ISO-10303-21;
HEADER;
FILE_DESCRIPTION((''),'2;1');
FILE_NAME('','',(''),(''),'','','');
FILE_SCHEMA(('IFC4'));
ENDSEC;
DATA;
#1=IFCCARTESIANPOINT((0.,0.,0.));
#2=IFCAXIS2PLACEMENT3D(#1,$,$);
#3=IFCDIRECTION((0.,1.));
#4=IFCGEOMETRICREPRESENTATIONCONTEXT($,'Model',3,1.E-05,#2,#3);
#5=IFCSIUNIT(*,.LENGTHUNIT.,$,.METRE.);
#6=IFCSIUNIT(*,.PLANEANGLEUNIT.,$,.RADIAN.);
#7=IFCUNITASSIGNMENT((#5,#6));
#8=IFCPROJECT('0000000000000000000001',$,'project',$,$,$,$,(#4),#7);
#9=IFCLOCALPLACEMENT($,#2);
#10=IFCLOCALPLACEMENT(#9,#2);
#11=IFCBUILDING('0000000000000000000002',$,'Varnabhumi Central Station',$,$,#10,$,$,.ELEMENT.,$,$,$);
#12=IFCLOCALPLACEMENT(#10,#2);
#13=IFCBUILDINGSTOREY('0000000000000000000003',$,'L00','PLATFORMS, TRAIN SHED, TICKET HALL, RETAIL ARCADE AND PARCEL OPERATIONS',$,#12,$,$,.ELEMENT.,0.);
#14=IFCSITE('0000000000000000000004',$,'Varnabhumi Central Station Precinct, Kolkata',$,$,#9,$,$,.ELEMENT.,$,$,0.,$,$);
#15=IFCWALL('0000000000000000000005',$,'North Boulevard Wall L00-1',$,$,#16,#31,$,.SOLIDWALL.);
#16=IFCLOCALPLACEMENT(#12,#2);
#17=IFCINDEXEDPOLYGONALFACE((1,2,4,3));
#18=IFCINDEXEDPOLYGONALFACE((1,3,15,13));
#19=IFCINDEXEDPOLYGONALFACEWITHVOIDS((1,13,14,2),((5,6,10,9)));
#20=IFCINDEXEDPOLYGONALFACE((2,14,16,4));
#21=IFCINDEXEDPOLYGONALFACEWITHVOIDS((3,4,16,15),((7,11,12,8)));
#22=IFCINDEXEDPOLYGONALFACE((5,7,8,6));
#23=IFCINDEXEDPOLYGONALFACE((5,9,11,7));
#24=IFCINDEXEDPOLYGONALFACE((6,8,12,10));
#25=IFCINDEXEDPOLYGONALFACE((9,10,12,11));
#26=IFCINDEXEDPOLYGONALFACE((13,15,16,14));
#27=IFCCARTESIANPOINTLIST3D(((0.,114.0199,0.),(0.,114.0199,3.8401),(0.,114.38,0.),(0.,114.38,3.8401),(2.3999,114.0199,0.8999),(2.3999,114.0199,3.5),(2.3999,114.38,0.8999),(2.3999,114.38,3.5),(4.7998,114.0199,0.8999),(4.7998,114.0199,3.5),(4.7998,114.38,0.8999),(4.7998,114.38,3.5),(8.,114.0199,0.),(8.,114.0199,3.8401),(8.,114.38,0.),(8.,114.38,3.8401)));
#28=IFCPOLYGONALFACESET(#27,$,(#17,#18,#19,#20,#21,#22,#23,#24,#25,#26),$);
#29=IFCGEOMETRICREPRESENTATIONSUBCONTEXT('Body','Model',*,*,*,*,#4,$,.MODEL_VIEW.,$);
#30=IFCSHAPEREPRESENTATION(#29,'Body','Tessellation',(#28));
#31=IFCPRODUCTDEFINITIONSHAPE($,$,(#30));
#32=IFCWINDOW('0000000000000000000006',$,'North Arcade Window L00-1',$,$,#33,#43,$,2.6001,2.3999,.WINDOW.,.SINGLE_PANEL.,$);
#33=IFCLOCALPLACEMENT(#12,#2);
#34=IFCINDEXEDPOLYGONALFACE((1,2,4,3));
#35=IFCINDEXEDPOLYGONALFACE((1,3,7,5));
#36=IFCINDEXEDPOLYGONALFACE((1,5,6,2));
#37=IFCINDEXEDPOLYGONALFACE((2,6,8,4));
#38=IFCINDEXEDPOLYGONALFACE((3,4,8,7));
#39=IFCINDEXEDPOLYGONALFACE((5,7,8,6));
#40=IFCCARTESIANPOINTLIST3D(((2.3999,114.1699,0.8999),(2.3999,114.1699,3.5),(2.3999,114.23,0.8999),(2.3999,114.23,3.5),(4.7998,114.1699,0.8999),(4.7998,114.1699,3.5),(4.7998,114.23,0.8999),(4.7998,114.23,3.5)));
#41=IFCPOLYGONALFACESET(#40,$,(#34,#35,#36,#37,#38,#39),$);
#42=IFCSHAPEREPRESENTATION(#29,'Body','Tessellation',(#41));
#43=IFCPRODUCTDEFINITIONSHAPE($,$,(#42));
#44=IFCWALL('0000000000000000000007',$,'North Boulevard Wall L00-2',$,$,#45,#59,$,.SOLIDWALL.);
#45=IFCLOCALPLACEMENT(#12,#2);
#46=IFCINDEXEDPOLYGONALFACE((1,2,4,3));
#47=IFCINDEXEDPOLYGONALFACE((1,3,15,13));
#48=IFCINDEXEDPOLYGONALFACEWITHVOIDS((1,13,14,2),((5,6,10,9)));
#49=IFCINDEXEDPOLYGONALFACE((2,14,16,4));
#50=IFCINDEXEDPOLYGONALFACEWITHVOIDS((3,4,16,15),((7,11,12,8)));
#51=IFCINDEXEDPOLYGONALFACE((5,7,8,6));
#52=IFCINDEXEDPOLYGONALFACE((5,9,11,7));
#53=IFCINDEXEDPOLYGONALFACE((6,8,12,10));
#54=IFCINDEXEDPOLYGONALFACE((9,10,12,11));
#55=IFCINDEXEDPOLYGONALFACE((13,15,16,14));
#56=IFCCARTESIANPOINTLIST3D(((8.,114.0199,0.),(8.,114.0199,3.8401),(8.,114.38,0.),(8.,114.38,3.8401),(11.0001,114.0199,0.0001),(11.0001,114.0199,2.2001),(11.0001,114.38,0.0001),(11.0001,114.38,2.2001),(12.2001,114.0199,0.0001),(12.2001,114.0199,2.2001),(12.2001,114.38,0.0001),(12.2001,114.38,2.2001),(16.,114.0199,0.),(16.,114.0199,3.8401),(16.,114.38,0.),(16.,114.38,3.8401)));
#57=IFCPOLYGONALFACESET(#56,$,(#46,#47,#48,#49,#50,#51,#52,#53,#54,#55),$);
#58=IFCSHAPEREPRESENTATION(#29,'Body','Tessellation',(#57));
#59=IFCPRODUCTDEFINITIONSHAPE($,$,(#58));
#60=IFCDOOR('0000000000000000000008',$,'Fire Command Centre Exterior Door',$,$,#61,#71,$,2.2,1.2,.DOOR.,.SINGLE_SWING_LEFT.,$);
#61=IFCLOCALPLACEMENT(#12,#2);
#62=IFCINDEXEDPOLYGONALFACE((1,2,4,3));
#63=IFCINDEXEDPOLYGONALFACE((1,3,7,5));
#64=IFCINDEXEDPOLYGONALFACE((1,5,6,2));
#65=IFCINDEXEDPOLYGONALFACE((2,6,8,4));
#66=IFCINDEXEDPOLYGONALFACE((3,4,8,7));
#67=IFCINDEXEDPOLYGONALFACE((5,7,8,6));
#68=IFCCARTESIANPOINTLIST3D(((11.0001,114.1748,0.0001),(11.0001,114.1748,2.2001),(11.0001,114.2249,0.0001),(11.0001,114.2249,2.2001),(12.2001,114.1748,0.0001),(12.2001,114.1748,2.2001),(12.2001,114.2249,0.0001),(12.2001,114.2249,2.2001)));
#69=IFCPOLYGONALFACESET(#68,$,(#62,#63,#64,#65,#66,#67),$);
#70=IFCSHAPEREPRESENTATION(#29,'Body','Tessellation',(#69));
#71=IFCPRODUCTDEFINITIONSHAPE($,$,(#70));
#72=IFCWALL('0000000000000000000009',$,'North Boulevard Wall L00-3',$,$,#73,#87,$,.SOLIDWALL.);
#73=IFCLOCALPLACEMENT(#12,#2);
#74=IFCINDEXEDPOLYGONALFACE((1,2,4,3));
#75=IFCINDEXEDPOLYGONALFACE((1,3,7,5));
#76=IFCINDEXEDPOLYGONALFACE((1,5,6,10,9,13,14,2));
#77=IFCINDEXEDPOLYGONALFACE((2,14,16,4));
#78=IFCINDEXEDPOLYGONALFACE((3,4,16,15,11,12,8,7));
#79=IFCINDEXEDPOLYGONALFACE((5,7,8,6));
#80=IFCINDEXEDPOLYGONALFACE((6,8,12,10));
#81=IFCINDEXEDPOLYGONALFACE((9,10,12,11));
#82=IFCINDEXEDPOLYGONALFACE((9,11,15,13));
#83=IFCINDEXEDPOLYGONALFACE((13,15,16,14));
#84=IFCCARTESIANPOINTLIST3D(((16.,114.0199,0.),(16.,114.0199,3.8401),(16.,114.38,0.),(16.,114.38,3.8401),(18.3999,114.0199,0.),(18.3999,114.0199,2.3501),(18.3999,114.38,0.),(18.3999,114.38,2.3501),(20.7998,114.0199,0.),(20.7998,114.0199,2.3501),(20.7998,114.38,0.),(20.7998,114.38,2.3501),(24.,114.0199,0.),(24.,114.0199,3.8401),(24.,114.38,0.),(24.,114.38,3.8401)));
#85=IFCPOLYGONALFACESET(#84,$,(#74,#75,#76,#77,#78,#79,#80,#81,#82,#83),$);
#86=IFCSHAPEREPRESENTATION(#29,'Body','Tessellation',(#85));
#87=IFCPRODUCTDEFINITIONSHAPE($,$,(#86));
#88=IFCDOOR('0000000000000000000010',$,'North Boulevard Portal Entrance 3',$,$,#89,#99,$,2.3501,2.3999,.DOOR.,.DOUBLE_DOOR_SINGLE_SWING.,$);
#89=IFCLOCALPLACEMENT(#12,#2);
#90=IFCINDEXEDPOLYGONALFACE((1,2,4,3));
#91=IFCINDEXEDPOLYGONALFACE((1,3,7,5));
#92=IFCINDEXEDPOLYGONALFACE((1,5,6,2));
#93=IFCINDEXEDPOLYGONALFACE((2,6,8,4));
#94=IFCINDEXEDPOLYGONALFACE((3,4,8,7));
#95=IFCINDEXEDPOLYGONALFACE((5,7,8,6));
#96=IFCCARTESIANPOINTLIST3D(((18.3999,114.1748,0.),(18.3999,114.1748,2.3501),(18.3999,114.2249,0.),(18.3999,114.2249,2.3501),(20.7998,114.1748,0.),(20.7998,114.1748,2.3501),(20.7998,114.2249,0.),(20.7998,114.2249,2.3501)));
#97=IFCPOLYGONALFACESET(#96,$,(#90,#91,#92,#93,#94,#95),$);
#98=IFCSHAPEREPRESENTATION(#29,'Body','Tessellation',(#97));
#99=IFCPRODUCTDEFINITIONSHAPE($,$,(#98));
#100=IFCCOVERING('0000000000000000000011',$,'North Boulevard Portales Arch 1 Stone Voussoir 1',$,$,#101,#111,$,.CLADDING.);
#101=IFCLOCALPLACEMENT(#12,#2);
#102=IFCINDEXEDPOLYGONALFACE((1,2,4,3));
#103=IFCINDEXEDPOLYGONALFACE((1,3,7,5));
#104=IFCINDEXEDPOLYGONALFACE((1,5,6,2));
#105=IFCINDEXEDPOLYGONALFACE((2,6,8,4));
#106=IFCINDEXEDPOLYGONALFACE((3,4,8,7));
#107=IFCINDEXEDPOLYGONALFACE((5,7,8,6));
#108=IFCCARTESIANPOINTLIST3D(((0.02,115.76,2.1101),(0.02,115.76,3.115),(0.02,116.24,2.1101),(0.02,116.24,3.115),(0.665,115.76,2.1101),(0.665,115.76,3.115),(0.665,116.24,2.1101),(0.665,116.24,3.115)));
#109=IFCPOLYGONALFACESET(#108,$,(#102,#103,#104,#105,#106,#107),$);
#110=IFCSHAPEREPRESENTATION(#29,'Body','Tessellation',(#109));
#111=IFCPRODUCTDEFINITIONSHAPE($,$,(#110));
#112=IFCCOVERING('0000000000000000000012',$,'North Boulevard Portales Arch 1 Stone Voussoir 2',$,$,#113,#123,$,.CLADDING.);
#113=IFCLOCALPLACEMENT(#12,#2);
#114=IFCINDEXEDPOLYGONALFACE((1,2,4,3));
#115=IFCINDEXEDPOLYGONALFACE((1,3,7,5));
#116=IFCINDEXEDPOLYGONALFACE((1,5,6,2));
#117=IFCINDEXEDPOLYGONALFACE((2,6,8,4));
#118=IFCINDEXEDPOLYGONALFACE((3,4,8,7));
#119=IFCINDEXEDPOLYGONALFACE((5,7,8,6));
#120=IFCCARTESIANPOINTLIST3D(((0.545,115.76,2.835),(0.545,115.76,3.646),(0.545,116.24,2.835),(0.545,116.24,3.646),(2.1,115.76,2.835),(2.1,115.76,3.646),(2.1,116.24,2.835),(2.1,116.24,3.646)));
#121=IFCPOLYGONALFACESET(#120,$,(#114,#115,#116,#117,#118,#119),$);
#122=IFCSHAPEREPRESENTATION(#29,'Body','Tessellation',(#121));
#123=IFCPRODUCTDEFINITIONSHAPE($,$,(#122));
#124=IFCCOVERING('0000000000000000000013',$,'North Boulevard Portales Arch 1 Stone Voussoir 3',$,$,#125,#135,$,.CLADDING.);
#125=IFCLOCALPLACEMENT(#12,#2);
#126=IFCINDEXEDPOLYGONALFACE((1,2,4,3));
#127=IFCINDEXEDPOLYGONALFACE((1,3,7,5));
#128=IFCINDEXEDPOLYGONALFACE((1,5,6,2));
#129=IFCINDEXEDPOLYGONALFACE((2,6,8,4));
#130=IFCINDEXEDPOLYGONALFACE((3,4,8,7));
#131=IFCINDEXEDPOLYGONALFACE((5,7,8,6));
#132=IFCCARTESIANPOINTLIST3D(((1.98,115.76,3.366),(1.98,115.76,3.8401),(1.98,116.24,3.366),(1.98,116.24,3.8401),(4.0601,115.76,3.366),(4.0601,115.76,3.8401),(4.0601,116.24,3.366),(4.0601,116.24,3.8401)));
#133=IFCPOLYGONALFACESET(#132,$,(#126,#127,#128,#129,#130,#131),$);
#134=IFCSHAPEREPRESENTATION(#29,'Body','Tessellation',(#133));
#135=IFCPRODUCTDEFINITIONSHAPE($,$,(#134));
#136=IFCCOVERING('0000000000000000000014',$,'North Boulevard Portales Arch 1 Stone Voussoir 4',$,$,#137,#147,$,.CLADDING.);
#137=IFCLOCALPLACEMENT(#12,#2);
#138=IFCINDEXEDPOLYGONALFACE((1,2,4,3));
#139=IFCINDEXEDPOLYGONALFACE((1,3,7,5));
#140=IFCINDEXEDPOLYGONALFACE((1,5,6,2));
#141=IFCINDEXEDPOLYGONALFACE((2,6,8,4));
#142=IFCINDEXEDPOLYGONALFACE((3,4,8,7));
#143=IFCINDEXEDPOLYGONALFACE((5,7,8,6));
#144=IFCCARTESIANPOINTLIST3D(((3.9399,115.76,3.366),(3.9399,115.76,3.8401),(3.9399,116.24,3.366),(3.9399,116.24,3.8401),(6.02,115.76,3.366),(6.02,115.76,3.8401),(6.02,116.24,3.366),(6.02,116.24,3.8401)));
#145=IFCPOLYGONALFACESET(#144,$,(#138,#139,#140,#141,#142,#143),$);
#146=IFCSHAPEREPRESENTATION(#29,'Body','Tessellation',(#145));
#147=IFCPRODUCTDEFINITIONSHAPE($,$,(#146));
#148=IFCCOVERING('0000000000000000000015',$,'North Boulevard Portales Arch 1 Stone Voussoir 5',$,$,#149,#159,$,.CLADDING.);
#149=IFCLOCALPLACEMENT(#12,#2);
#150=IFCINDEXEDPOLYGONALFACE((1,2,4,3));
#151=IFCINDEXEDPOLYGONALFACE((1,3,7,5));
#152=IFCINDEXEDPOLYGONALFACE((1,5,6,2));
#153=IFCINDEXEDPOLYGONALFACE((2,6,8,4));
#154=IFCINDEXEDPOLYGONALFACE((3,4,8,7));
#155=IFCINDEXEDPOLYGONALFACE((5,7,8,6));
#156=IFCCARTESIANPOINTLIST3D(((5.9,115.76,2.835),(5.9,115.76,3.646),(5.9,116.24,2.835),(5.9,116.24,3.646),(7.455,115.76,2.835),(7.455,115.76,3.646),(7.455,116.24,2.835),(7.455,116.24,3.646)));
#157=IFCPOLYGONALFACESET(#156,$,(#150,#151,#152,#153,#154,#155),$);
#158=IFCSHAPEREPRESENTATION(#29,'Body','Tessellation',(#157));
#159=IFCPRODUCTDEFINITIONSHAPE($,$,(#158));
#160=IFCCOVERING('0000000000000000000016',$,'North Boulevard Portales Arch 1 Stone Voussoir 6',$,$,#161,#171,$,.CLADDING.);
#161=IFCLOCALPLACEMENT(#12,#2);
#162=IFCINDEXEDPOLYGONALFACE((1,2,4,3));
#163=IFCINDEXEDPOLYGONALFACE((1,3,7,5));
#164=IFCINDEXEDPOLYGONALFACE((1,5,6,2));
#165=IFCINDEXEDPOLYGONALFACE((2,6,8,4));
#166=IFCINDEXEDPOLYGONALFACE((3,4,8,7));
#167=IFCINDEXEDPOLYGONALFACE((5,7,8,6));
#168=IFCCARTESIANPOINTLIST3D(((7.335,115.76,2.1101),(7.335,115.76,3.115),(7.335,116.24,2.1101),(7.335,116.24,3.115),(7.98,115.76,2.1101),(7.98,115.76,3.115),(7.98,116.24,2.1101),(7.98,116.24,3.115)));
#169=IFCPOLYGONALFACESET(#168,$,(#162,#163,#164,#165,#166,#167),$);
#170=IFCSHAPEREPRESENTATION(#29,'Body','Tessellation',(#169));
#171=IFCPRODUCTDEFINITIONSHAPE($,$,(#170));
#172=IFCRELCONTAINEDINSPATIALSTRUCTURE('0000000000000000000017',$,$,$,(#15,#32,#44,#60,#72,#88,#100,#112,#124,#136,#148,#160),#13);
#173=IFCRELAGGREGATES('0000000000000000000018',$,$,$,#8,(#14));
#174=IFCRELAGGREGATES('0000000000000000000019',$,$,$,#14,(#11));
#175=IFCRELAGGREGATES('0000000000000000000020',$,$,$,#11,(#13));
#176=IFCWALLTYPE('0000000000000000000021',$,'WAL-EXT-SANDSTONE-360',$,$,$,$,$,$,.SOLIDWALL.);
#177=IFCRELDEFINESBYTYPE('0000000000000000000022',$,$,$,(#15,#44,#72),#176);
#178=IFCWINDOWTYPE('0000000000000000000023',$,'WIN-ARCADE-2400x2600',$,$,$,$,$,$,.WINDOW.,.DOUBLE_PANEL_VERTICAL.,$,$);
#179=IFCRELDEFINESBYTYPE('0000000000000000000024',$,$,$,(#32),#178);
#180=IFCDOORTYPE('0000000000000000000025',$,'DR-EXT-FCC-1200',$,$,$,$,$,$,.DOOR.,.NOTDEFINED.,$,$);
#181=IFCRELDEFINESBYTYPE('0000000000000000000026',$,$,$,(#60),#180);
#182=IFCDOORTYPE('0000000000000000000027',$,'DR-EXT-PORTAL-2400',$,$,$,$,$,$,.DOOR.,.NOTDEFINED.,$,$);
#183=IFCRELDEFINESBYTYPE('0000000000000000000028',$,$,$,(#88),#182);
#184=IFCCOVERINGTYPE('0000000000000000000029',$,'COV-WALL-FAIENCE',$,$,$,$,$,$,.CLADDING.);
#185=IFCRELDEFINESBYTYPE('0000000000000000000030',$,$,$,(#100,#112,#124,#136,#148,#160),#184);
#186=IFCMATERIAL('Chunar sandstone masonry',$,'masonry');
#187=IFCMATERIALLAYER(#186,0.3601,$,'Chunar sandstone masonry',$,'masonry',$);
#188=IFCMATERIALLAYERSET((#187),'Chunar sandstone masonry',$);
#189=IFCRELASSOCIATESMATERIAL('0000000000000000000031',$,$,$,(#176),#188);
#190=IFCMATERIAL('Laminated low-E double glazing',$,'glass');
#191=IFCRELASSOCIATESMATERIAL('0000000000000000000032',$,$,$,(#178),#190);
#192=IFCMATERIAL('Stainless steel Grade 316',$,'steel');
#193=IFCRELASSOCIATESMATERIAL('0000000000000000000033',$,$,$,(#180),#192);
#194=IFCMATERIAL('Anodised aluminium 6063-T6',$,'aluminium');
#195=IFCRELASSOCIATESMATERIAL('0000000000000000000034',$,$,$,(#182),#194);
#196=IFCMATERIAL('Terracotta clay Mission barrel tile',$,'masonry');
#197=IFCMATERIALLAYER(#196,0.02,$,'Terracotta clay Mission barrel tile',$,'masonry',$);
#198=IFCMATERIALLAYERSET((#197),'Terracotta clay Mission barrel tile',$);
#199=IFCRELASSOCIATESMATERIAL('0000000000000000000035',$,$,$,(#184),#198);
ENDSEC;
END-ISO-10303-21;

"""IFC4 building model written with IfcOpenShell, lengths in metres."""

from ifc_helpers import new_model, si_unit, direction, frame, frame_2d, origin, origin_2d, place, context, subcontext, project, spatial, rectangle, extrude, material, layer, layer_set, type_object, element, fill, save


model = new_model("IFC4")

# Units and contexts
model_context = context("Model", 3, precision=1e-05, world=origin(), true_north=direction((0.0, 1.0)))
body_context = subcontext(model_context, "Body", "Model", "MODEL_VIEW")
ifc_project = project(units=[si_unit("LENGTHUNIT", "METRE"), si_unit("PLANEANGLEUNIT", "RADIAN")], contexts=[model_context])

# Site, building, storey
site_placement = place(None, origin())
site = spatial("IfcSite", under=ifc_project, at=site_placement, Name="Varnabhumi Central Station Precinct, Kolkata", CompositionType="ELEMENT", RefElevation=0.0)
building_placement = place(site_placement, origin())
building = spatial("IfcBuilding", under=site, at=building_placement, Name="Varnabhumi Central Station", CompositionType="ELEMENT")
storey_placement = place(building_placement, origin())
storey = spatial("IfcBuildingStorey", under=building, at=storey_placement, Name="L00", Description="PLATFORMS, TRAIN SHED, TICKET HALL, RETAIL ARCADE AND PARCEL OPERATIONS", CompositionType="ELEMENT", Elevation=0.0)

# Shared definitions
ifc_material_1 = material(Name="Chunar sandstone masonry", Category="masonry")
ifc_layer_1 = layer(ifc_material_1, 0.3601, Name="Chunar sandstone masonry", Category="masonry")
ifc_layer_set_1 = layer_set([ifc_layer_1], Name="Chunar sandstone masonry")
wall_type = type_object("IfcWallType", Name="WAL-EXT-SANDSTONE-360", PredefinedType="SOLIDWALL", material=ifc_layer_set_1)

# Wall, opening, window
wall_1_placement = place(storey_placement, frame((0.0, 114.2, 0.0), z_axis=(0.0, 0.0, 1.0), x_axis=(1.0, 0.0, 0.0)))
wall_1 = element("IfcWall", 1, at=wall_1_placement, inside=storey, type_object=wall_type, Name="North Boulevard Wall L00-1", PredefinedType="SOLIDWALL", context=body_context, shape_type="SweptSolid", body=[
    extrude(rectangle(XDim=8.0, YDim=0.3601, at=frame_2d((4.0, 0.0))), origin(), (0.0, 0.0, 1.0), 3.8401),
])
opening_1_placement = place(wall_1_placement, frame((2.3999, 0.0, 0.8999)))
opening_1 = element("IfcOpeningElement", 2, at=opening_1_placement, cuts=wall_1, PredefinedType="OPENING", context=body_context, shape_type="SweptSolid", body=[
    extrude(rectangle(XDim=2.3999, YDim=2.6001, at=frame_2d((1.2, 1.3))), frame((0.0, 0.1899, 0.0), z_axis=(0.0, -1.0, 0.0), x_axis=(1.0, 0.0, 0.0)), (0.0, 0.0, 1.0), 0.3801),
])
ifc_material_2 = material(Name="Laminated low-E double glazing", Category="glass")
window_type = type_object("IfcWindowType", Name="WIN-ARCADE-2400x2600", PartitioningType="DOUBLE_PANEL_VERTICAL", PredefinedType="WINDOW", material=ifc_material_2)
window_placement = place(opening_1_placement, origin())
window = element("IfcWindow", 3, at=window_placement, inside=storey, type_object=window_type, Name="North Arcade Window L00-1", OverallHeight=2.6001, OverallWidth=2.3999, PartitioningType="SINGLE_PANEL", PredefinedType="WINDOW", context=body_context, shape_type="SweptSolid", body=[
    extrude(rectangle(XDim=2.3999, YDim=2.6001, at=frame_2d((1.2, 1.3))), frame((0.0, 0.03, 0.0), z_axis=(0.0, -1.0, 0.0), x_axis=(1.0, 0.0, 0.0)), (0.0, 0.0, 1.0), 0.0601),
])
fill(opening_1, window)

# Walls, openings, doors
wall_2_placement = place(storey_placement, frame((8.0, 114.2, 0.0), z_axis=(0.0, 0.0, 1.0), x_axis=(1.0, 0.0, 0.0)))
wall_2 = element("IfcWall", 4, at=wall_2_placement, inside=storey, type_object=wall_type, Name="North Boulevard Wall L00-2", PredefinedType="SOLIDWALL", context=body_context, shape_type="SweptSolid", body=[
    extrude(rectangle(XDim=8.0, YDim=0.3601, at=frame_2d((4.0, 0.0))), origin(), (0.0, 0.0, 1.0), 3.8401),
])
opening_2_placement = place(wall_2_placement, frame((3.0, 0.0, 0.0)))
opening_2 = element("IfcOpeningElement", 5, at=opening_2_placement, cuts=wall_2, PredefinedType="OPENING", context=body_context, shape_type="SweptSolid", body=[
    extrude(rectangle(XDim=1.2, YDim=2.2, at=frame_2d((0.6001, 1.1001))), frame((0.0, 0.1899, 0.0), z_axis=(0.0, -1.0, 0.0), x_axis=(1.0, 0.0, 0.0)), (0.0, 0.0, 1.0), 0.3801),
])
ifc_material_3 = material(Name="Stainless steel Grade 316", Category="steel")
door_type_1 = type_object("IfcDoorType", Name="DR-EXT-FCC-1200", OperationType="NOTDEFINED", PredefinedType="DOOR", material=ifc_material_3)
door_1_placement = place(opening_2_placement, origin())
door_1 = element("IfcDoor", 6, at=door_1_placement, inside=storey, type_object=door_type_1, Name="Fire Command Centre Exterior Door", OperationType="SINGLE_SWING_LEFT", OverallHeight=2.2, OverallWidth=1.2, PredefinedType="DOOR", context=body_context, shape_type="SweptSolid", body=[
    extrude(rectangle(XDim=1.2, YDim=2.2, at=frame_2d((0.6001, 1.1001))), frame((0.0, 0.0249, 0.0), z_axis=(0.0, -1.0, 0.0), x_axis=(1.0, 0.0, 0.0)), (0.0, 0.0, 1.0), 0.05),
])
fill(opening_2, door_1)
wall_3_placement = place(storey_placement, frame((16.0, 114.2, 0.0), z_axis=(0.0, 0.0, 1.0), x_axis=(1.0, 0.0, 0.0)))
wall_3 = element("IfcWall", 7, at=wall_3_placement, inside=storey, type_object=wall_type, Name="North Boulevard Wall L00-3", PredefinedType="SOLIDWALL", context=body_context, shape_type="SweptSolid", body=[
    extrude(rectangle(XDim=8.0, YDim=0.3601, at=frame_2d((4.0, 0.0))), origin(), (0.0, 0.0, 1.0), 3.8401),
])
opening_3_placement = place(wall_3_placement, frame((2.3999, 0.0, 0.0)))
opening_3 = element("IfcOpeningElement", 8, at=opening_3_placement, cuts=wall_3, PredefinedType="OPENING", context=body_context, shape_type="SweptSolid", body=[
    extrude(rectangle(XDim=2.3999, YDim=2.3501, at=frame_2d((1.2, 1.175))), frame((0.0, 0.1899, 0.0), z_axis=(0.0, -1.0, 0.0), x_axis=(1.0, 0.0, 0.0)), (0.0, 0.0, 1.0), 0.3801),
])
ifc_material_4 = material(Name="Anodised aluminium 6063-T6", Category="aluminium")
door_type_2 = type_object("IfcDoorType", Name="DR-EXT-PORTAL-2400", OperationType="NOTDEFINED", PredefinedType="DOOR", material=ifc_material_4)
door_2_placement = place(opening_3_placement, origin())
door_2 = element("IfcDoor", 9, at=door_2_placement, inside=storey, type_object=door_type_2, Name="North Boulevard Portal Entrance 3", OperationType="DOUBLE_DOOR_SINGLE_SWING", OverallHeight=2.3501, OverallWidth=2.3999, PredefinedType="DOOR", context=body_context, shape_type="SweptSolid", body=[
    extrude(rectangle(XDim=2.3999, YDim=2.3501, at=frame_2d((1.2, 1.175))), frame((0.0, 0.0249, 0.0), z_axis=(0.0, -1.0, 0.0), x_axis=(1.0, 0.0, 0.0)), (0.0, 0.0, 1.0), 0.05),
])
fill(opening_3, door_2)

# Coverings
ifc_material_5 = material(Name="Terracotta clay Mission barrel tile", Category="masonry")
ifc_layer_2 = layer(ifc_material_5, 0.02, Name="Terracotta clay Mission barrel tile", Category="masonry")
ifc_layer_set_2 = layer_set([ifc_layer_2], Name="Terracotta clay Mission barrel tile")
covering_type = type_object("IfcCoveringType", Name="COV-WALL-FAIENCE", PredefinedType="CLADDING", material=ifc_layer_set_2)
covering_1_placement = place(storey_placement, frame((0.3425, 116.0, 2.1101), z_axis=(0.0, 0.0, 1.0), x_axis=(1.0, 0.0, 0.0)))
element("IfcCovering", 10, at=covering_1_placement, inside=storey, type_object=covering_type, Name="North Boulevard Portales Arch 1 Stone Voussoir 1", PredefinedType="CLADDING", context=body_context, shape_type="SweptSolid", body=[
    extrude(rectangle(XDim=0.645, YDim=0.48, at=origin_2d()), origin(), (0.0, 0.0, 1.0), 1.0049),
])
covering_2_placement = place(storey_placement, frame((1.3225, 116.0, 2.835), z_axis=(0.0, 0.0, 1.0), x_axis=(1.0, 0.0, 0.0)))
element("IfcCovering", 11, at=covering_2_placement, inside=storey, type_object=covering_type, Name="North Boulevard Portales Arch 1 Stone Voussoir 2", PredefinedType="CLADDING", context=body_context, shape_type="SweptSolid", body=[
    extrude(rectangle(XDim=1.5549, YDim=0.48, at=origin_2d()), origin(), (0.0, 0.0, 1.0), 0.811),
])
for number, where, z_axis, x_axis, name in (
    (12, (3.02, 116.0, 3.366), (0.0, 0.0, 1.0), (1.0, 0.0, 0.0), "North Boulevard Portales Arch 1 Stone Voussoir 3"),
    (13, (4.98, 116.0, 3.366), (0.0, 0.0, 1.0), (1.0, 0.0, 0.0), "North Boulevard Portales Arch 1 Stone Voussoir 4"),
):
    element("IfcCovering", number, at=place(storey_placement, frame(where, z_axis=z_axis, x_axis=x_axis)), inside=storey, type_object=covering_type, Name=name, PredefinedType="CLADDING", context=body_context, shape_type="SweptSolid", body=[
        extrude(rectangle(XDim=2.0801, YDim=0.48, at=origin_2d()), origin(), (0.0, 0.0, 1.0), 0.4741),
    ])
covering_3_placement = place(storey_placement, frame((6.6775, 116.0, 2.835), z_axis=(0.0, 0.0, 1.0), x_axis=(1.0, 0.0, 0.0)))
element("IfcCovering", 14, at=covering_3_placement, inside=storey, type_object=covering_type, Name="North Boulevard Portales Arch 1 Stone Voussoir 5", PredefinedType="CLADDING", context=body_context, shape_type="SweptSolid", body=[
    extrude(rectangle(XDim=1.5549, YDim=0.48, at=origin_2d()), origin(), (0.0, 0.0, 1.0), 0.811),
])
covering_4_placement = place(storey_placement, frame((7.6575, 116.0, 2.1101), z_axis=(0.0, 0.0, 1.0), x_axis=(1.0, 0.0, 0.0)))
element("IfcCovering", 15, at=covering_4_placement, inside=storey, type_object=covering_type, Name="North Boulevard Portales Arch 1 Stone Voussoir 6", PredefinedType="CLADDING", context=body_context, shape_type="SweptSolid", body=[
    extrude(rectangle(XDim=0.645, YDim=0.48, at=origin_2d()), origin(), (0.0, 0.0, 1.0), 1.0049),
])

save(model, "model.ifc")
